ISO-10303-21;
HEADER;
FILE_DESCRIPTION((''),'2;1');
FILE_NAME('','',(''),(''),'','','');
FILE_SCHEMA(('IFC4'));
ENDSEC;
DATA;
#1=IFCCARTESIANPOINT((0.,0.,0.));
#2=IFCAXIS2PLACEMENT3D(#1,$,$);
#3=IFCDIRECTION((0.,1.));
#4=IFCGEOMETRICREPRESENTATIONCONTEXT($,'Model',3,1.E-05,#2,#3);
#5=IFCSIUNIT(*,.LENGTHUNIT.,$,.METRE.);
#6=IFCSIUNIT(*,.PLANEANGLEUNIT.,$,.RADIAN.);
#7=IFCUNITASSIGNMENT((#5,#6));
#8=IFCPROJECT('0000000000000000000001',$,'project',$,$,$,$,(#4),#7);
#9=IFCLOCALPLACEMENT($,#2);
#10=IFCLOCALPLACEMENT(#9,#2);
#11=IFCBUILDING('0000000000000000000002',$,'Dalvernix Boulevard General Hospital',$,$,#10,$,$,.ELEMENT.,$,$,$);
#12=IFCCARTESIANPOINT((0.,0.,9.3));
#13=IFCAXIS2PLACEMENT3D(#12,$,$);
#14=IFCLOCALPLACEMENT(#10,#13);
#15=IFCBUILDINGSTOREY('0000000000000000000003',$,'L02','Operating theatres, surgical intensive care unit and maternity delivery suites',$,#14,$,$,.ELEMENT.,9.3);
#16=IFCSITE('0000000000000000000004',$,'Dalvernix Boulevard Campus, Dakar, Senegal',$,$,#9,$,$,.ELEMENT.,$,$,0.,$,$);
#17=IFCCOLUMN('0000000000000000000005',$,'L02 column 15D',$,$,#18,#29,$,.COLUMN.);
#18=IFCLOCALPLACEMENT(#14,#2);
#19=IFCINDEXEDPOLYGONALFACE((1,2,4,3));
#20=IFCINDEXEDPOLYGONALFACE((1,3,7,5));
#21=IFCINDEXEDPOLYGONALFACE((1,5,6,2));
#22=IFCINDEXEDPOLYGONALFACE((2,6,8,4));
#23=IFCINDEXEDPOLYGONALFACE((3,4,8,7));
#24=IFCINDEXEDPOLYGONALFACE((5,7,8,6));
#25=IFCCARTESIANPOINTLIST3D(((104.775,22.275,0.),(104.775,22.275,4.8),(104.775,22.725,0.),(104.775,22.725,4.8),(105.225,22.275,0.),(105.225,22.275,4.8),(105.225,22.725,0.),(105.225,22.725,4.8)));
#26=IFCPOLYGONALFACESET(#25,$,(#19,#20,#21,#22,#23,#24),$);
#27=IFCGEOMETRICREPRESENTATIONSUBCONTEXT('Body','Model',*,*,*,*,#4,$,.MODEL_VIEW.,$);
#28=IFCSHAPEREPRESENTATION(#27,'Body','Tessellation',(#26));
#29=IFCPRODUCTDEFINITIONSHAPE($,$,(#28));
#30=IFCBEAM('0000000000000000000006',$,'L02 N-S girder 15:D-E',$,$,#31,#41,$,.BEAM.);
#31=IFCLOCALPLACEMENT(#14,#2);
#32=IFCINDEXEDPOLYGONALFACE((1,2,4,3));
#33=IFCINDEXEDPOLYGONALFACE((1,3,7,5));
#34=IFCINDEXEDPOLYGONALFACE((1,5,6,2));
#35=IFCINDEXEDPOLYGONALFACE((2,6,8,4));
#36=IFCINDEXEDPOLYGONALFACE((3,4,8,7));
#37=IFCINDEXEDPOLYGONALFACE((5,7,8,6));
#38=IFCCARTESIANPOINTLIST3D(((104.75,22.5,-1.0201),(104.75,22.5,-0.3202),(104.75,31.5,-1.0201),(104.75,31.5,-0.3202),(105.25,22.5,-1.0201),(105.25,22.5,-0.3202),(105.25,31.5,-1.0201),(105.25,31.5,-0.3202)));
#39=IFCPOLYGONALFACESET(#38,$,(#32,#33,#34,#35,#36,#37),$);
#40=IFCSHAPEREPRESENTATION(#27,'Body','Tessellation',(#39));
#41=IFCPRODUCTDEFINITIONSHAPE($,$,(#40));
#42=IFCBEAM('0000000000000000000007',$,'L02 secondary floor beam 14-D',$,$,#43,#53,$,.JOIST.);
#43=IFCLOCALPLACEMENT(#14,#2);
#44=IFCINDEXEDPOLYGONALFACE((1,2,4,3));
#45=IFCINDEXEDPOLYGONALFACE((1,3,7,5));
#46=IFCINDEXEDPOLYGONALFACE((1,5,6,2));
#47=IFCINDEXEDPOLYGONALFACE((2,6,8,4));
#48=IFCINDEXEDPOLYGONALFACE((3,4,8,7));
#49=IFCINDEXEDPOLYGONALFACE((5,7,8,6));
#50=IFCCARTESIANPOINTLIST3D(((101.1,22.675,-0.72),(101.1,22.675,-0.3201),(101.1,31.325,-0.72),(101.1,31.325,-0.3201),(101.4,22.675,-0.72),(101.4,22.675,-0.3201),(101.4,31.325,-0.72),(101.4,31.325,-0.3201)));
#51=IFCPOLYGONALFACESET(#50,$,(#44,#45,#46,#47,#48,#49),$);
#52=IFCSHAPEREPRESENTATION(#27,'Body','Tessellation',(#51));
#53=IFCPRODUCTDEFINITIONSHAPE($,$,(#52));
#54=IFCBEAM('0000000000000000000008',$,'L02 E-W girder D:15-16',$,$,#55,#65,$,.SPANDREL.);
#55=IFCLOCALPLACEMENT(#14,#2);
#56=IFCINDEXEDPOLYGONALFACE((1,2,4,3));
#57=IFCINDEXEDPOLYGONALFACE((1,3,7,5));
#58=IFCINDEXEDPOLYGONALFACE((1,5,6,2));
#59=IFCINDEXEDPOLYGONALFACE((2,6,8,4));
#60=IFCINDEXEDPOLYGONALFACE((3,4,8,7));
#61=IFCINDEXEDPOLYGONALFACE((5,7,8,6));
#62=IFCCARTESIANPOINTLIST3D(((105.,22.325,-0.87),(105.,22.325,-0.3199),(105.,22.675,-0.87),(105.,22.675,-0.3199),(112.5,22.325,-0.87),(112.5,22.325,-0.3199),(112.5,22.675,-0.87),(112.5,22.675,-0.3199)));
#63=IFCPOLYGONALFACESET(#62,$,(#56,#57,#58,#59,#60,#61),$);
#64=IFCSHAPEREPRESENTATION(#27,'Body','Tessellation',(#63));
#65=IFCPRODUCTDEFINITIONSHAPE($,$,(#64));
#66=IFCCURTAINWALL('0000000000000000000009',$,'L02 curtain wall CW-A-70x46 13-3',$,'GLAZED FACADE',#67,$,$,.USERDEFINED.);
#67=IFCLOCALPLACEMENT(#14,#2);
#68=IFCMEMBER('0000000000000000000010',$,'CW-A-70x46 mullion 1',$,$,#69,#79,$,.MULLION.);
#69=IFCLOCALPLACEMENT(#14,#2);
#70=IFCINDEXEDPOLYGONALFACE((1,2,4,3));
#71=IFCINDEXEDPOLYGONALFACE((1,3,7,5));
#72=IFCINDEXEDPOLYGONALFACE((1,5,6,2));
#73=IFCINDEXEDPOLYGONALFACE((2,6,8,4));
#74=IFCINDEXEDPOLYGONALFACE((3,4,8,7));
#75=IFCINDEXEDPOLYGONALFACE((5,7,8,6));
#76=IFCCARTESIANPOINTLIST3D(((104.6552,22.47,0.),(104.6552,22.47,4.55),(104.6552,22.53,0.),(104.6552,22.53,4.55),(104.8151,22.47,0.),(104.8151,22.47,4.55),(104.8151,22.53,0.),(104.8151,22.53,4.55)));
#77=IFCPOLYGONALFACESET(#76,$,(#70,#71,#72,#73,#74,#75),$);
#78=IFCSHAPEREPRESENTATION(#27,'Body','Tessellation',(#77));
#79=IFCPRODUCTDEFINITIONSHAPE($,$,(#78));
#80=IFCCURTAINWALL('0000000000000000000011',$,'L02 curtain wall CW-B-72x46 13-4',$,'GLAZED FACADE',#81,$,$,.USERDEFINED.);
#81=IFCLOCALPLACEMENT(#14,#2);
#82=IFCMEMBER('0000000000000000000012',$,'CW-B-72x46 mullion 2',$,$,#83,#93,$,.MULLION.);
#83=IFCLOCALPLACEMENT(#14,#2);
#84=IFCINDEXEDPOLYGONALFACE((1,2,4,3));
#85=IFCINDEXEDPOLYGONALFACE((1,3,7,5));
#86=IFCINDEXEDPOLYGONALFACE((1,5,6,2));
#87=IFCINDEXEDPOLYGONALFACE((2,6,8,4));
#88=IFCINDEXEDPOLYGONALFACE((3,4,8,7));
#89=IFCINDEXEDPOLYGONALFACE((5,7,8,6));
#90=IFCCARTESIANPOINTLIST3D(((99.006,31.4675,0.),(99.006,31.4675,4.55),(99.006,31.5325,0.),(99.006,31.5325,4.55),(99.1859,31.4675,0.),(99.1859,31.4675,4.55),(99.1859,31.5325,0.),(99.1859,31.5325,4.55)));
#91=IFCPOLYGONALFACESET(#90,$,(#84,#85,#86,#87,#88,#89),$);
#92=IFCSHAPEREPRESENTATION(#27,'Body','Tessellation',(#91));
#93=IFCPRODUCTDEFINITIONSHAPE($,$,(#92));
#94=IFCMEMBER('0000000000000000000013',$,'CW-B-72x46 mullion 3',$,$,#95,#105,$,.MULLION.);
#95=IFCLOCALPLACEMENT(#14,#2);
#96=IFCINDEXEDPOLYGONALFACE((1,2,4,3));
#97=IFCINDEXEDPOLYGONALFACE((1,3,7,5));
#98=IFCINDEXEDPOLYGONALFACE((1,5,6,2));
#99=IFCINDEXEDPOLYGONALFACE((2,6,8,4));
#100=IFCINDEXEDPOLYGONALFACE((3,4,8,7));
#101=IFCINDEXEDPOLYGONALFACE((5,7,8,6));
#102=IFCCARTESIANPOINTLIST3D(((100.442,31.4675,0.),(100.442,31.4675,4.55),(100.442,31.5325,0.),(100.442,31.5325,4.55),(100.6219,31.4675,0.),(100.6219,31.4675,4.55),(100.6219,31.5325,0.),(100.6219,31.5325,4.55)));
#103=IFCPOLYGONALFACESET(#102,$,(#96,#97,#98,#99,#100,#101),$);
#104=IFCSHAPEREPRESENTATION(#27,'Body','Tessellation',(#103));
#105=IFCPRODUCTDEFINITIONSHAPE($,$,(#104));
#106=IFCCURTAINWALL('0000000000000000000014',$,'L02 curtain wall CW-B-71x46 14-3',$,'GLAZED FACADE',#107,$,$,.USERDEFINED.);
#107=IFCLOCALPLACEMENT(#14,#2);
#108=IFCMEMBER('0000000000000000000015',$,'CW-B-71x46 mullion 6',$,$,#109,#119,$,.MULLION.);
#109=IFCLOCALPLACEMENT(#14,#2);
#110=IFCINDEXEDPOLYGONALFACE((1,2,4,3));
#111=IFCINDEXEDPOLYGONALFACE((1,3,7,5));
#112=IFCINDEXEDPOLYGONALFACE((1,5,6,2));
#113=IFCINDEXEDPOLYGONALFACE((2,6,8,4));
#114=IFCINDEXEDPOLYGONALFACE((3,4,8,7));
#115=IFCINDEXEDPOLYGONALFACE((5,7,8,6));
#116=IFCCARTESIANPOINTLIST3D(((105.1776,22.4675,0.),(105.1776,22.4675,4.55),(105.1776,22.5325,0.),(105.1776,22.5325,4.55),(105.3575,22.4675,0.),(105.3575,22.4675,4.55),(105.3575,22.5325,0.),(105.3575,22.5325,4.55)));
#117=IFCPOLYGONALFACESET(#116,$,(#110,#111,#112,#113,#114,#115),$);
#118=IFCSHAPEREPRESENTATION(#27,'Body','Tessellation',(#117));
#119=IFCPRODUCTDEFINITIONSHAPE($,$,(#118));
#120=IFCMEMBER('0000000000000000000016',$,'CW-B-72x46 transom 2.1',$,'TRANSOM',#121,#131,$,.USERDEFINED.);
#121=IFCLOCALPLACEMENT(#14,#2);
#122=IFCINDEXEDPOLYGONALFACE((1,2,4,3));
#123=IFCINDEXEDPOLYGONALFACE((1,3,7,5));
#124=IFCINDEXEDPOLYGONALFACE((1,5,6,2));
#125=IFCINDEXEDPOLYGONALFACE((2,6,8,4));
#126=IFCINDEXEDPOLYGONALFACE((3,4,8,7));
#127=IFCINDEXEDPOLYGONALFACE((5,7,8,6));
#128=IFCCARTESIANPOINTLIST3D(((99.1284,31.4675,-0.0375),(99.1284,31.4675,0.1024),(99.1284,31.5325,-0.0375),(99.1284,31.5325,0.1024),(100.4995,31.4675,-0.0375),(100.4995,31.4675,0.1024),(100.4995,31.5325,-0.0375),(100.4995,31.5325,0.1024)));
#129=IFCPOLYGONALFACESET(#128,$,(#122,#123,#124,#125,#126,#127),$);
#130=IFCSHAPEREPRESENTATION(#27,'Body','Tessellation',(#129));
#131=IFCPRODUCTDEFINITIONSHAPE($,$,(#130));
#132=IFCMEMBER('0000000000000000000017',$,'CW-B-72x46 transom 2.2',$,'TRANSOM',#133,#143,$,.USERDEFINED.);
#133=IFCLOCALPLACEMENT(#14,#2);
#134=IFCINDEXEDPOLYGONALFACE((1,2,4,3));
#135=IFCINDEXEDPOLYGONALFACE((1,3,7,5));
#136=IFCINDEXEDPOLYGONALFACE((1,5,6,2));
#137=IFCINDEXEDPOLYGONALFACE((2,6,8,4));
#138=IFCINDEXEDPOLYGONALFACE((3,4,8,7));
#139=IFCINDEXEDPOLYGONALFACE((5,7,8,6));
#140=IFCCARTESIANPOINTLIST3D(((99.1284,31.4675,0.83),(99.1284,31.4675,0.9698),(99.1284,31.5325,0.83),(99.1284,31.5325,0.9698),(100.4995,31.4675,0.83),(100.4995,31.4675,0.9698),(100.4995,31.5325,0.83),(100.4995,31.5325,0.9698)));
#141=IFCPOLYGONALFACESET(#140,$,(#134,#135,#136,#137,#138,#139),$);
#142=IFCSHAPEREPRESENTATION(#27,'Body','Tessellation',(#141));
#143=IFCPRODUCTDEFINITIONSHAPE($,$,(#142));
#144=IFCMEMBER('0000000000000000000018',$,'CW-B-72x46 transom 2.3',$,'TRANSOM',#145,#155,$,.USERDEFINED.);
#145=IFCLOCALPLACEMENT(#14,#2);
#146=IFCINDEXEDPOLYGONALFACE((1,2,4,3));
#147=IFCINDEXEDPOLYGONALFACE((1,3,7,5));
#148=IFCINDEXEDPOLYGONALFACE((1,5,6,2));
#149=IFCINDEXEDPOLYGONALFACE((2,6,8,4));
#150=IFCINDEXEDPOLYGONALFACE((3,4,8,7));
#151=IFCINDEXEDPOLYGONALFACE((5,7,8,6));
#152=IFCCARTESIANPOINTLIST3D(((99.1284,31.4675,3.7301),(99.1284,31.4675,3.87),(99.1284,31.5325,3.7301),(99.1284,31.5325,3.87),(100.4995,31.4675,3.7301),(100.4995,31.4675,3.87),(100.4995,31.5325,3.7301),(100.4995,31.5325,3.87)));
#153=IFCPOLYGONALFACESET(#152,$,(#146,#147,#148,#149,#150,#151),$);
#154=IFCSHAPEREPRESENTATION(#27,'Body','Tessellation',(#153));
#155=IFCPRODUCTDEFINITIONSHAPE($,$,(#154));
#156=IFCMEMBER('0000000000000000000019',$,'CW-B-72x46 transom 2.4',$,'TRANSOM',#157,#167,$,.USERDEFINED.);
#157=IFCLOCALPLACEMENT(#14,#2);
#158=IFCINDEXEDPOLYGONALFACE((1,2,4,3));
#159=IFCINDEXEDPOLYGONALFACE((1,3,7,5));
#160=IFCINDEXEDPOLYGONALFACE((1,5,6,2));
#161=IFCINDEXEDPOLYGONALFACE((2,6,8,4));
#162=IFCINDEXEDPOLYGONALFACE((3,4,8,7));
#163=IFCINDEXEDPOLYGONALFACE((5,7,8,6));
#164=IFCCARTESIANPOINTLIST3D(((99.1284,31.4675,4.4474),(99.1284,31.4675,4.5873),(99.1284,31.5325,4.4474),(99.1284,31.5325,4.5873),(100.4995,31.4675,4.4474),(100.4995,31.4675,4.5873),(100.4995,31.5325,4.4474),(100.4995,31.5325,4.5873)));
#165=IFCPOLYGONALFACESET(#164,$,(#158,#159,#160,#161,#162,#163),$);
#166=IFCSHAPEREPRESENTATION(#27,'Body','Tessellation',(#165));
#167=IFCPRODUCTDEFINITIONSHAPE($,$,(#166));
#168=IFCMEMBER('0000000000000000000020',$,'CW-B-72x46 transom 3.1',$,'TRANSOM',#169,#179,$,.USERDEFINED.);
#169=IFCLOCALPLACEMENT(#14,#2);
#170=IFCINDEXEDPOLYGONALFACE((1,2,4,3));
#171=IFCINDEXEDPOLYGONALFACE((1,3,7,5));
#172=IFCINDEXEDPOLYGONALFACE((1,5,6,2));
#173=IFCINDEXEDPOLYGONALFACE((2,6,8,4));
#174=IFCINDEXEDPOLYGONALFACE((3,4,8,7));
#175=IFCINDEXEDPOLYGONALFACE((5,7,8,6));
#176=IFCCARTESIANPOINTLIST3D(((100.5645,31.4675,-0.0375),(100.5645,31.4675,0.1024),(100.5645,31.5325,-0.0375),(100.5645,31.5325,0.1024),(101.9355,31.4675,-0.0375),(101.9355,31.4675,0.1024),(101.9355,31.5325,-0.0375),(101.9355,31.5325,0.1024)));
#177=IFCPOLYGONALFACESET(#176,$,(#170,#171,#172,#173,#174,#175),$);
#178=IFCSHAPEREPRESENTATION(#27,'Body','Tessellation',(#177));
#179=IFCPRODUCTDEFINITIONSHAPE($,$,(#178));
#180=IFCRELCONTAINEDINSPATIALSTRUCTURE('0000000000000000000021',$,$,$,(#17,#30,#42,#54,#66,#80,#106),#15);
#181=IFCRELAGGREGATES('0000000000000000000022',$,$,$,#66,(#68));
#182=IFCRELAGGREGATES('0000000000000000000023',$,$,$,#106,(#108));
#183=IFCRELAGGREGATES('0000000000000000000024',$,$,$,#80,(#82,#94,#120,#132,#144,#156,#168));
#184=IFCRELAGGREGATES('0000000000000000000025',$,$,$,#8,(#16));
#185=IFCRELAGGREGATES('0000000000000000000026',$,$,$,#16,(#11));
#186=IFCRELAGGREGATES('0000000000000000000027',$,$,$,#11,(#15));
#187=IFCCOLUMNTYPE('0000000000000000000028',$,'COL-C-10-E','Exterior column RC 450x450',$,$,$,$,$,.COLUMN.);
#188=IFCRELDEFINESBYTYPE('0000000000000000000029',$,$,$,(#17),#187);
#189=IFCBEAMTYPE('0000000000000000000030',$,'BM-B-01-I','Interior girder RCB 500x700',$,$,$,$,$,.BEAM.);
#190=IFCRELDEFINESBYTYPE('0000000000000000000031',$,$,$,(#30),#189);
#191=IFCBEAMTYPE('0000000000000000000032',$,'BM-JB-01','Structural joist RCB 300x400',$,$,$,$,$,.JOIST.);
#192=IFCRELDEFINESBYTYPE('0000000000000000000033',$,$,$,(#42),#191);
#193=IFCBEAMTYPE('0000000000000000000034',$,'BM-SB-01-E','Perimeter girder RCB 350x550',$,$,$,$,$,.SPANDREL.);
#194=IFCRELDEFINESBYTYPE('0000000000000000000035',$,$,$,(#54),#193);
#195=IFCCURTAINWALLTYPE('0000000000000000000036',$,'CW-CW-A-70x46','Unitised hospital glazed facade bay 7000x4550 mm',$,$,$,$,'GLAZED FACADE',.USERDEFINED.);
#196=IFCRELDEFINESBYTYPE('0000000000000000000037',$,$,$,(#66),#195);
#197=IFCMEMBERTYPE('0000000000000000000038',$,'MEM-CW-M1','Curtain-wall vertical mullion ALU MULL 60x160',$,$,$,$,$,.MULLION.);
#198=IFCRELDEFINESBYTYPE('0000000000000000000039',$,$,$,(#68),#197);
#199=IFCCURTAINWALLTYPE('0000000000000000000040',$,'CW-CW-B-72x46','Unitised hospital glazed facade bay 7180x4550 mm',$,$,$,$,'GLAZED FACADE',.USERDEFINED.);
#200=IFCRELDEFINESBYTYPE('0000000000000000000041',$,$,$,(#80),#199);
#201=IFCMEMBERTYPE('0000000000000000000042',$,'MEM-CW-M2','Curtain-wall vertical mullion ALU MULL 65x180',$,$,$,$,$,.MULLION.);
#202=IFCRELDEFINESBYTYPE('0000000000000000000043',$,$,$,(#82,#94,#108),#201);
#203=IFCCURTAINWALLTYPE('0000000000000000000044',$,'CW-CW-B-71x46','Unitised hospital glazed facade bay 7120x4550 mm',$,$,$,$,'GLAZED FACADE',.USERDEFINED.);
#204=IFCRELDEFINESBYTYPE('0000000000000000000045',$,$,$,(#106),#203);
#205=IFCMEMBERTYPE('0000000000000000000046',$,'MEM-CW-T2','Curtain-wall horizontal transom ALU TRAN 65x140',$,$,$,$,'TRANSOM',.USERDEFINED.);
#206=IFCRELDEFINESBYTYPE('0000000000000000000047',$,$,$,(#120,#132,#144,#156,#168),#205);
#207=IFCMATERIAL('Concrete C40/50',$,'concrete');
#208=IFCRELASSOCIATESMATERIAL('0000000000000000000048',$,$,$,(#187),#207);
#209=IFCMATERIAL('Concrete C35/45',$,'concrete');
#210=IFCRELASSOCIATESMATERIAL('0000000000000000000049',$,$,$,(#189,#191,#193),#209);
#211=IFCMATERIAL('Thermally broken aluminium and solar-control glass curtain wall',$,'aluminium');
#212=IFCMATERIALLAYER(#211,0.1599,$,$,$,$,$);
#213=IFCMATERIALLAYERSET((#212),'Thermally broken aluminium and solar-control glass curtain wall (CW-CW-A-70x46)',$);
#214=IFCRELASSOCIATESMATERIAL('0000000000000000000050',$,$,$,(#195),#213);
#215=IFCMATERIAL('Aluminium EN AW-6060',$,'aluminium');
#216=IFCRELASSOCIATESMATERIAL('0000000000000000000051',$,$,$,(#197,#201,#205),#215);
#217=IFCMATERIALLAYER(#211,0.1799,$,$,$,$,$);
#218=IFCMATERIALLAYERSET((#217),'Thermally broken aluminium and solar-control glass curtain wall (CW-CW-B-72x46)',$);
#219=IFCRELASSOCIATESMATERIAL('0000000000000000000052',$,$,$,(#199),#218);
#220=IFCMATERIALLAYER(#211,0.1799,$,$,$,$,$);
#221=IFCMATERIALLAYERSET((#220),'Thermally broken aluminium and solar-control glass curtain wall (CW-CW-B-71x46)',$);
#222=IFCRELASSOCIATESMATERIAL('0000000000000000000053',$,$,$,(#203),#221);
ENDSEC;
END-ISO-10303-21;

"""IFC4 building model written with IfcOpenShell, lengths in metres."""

from ifc_helpers import new_model, si_unit, direction, frame, origin, origin_2d, place, context, subcontext, project, spatial, rectangle, extrude, material, layer, layer_set, material_profile, profile_set, type_object, element, aggregate, save


model = new_model("IFC4")

# Units and contexts
model_context = context("Model", 3, precision=1e-05, world=origin(), true_north=direction((0.0, 1.0)))
body_context = subcontext(model_context, "Body", "Model", "MODEL_VIEW")
ifc_project = project(units=[si_unit("LENGTHUNIT", "METRE"), si_unit("PLANEANGLEUNIT", "RADIAN")], contexts=[model_context])

# Site, building, storey
site_placement = place(None, origin())
site = spatial("IfcSite", under=ifc_project, at=site_placement, Name="Dalvernix Boulevard Campus, Dakar, Senegal", CompositionType="ELEMENT", RefElevation=0.0)
building_placement = place(site_placement, origin())
building = spatial("IfcBuilding", under=site, at=building_placement, Name="Dalvernix Boulevard General Hospital", CompositionType="ELEMENT")
storey_placement = place(building_placement, frame((0.0, 0.0, 9.3)))
storey = spatial("IfcBuildingStorey", under=building, at=storey_placement, Name="L02", Description="Operating theatres, surgical intensive care unit and maternity delivery suites", CompositionType="ELEMENT", Elevation=9.3)

# Column
ifc_material_1 = material(Name="Concrete C40/50", Category="concrete")
ifc_material_profile_1 = material_profile(ifc_material_1, rectangle(XDim=0.45, YDim=0.45, at=origin_2d()), Name="RC 450x450")
ifc_profile_set_1 = profile_set([ifc_material_profile_1], Name="Concrete C40/50")
column_type = type_object("IfcColumnType", Name="COL-C-10-E", Description="Exterior column RC 450x450", PredefinedType="COLUMN", material=ifc_profile_set_1)
column_placement = place(storey_placement, frame((105.0, 22.5, 0.0), z_axis=(0.0, 0.0, 1.0), x_axis=(1.0, 0.0, 0.0)))
element("IfcColumn", 1, at=column_placement, inside=storey, type_object=column_type, Name="L02 column 15D", PredefinedType="COLUMN", context=body_context, shape_type="SweptSolid", body=[
    extrude(rectangle(XDim=0.45, YDim=0.45, at=origin_2d()), origin(), (0.0, 0.0, 1.0), 4.8),
])

# Beams
ifc_material_2 = material(Name="Concrete C35/45", Category="concrete")
ifc_material_profile_2 = material_profile(ifc_material_2, rectangle(XDim=0.5, YDim=0.7, at=origin_2d()), Name="RCB 500x700")
ifc_profile_set_2 = profile_set([ifc_material_profile_2], Name="Concrete C35/45")
beam_type_1 = type_object("IfcBeamType", Name="BM-B-01-I", Description="Interior girder RCB 500x700", PredefinedType="BEAM", material=ifc_profile_set_2)
beam_1_placement = place(storey_placement, frame((105.0, 22.5, -0.6702), z_axis=(0.0, 1.0, 0.0), x_axis=(-1.0, 0.0, 0.0)))
element("IfcBeam", 2, at=beam_1_placement, inside=storey, type_object=beam_type_1, Name="L02 N-S girder 15:D-E", PredefinedType="BEAM", context=body_context, shape_type="SweptSolid", body=[
    extrude(rectangle(XDim=0.5, YDim=0.7, at=origin_2d()), origin(), (0.0, 0.0, 1.0), 9.0),
])
ifc_material_profile_3 = material_profile(ifc_material_2, rectangle(XDim=0.3, YDim=0.3999, at=origin_2d()), Name="RCB 300x400")
ifc_profile_set_3 = profile_set([ifc_material_profile_3], Name="Concrete C35/45")
beam_type_2 = type_object("IfcBeamType", Name="BM-JB-01", Description="Structural joist RCB 300x400", PredefinedType="JOIST", material=ifc_profile_set_3)
beam_2_placement = place(storey_placement, frame((101.25, 22.675, -0.52), z_axis=(0.0, 1.0, 0.0), x_axis=(-1.0, 0.0, 0.0)))
element("IfcBeam", 3, at=beam_2_placement, inside=storey, type_object=beam_type_2, Name="L02 secondary floor beam 14-D", PredefinedType="JOIST", context=body_context, shape_type="SweptSolid", body=[
    extrude(rectangle(XDim=0.3, YDim=0.3999, at=origin_2d()), origin(), (0.0, 0.0, 1.0), 8.6499),
])
ifc_material_profile_4 = material_profile(ifc_material_2, rectangle(XDim=0.3501, YDim=0.55, at=origin_2d()), Name="RCB 350x550")
ifc_profile_set_4 = profile_set([ifc_material_profile_4], Name="Concrete C35/45")
beam_type_3 = type_object("IfcBeamType", Name="BM-SB-01-E", Description="Perimeter girder RCB 350x550", PredefinedType="SPANDREL", material=ifc_profile_set_4)
beam_3_placement = place(storey_placement, frame((105.0, 22.5, -0.595), z_axis=(1.0, 0.0, 0.0), x_axis=(0.0, 1.0, 0.0)))
element("IfcBeam", 4, at=beam_3_placement, inside=storey, type_object=beam_type_3, Name="L02 E-W girder D:15-16", PredefinedType="SPANDREL", context=body_context, shape_type="SweptSolid", body=[
    extrude(rectangle(XDim=0.3501, YDim=0.55, at=origin_2d()), origin(), (0.0, 0.0, 1.0), 7.5),
])

# Curtain wall, member
ifc_material_3 = material(Name="Thermally broken aluminium and solar-control glass curtain wall", Category="aluminium")
ifc_layer_1 = layer(ifc_material_3, 0.1599)
ifc_layer_set_1 = layer_set([ifc_layer_1], Name="Thermally broken aluminium and solar-control glass curtain wall (CW-CW-A-70x46)")
curtain_wall_type_1 = type_object("IfcCurtainWallType", Name="CW-CW-A-70x46", Description="Unitised hospital glazed facade bay 7000x4550 mm", ElementType="GLAZED FACADE", PredefinedType="USERDEFINED", material=ifc_layer_set_1)
curtain_wall_1_placement = place(storey_placement, origin())
curtain_wall_1 = element("IfcCurtainWall", 5, at=curtain_wall_1_placement, inside=storey, type_object=curtain_wall_type_1, Name="L02 curtain wall CW-A-70x46 13-3", ObjectType="GLAZED FACADE", PredefinedType="USERDEFINED")
ifc_material_4 = material(Name="Aluminium EN AW-6060", Category="aluminium")
ifc_material_profile_5 = material_profile(ifc_material_4, rectangle(XDim=0.0601, YDim=0.1599, at=origin_2d()), Name="ALU MULL 60x160")
ifc_profile_set_5 = profile_set([ifc_material_profile_5], Name="Aluminium EN AW-6060")
member_type_1 = type_object("IfcMemberType", Name="MEM-CW-M1", Description="Curtain-wall vertical mullion ALU MULL 60x160", PredefinedType="MULLION", material=ifc_profile_set_5)
member_1_placement = place(storey_placement, frame((104.7351, 22.5, 0.0), z_axis=(0.0, 0.0, 1.0), x_axis=(0.0, -1.0, 0.0)))
member_1 = element("IfcMember", 6, at=member_1_placement, type_object=member_type_1, Name="CW-A-70x46 mullion 1", PredefinedType="MULLION", context=body_context, shape_type="SweptSolid", body=[
    extrude(rectangle(XDim=0.0601, YDim=0.1599, at=origin_2d()), origin(), (0.0, 0.0, 1.0), 4.55),
])
aggregate(curtain_wall_1, [member_1])

# Curtain wall, members
ifc_layer_2 = layer(ifc_material_3, 0.1799)
ifc_layer_set_2 = layer_set([ifc_layer_2], Name="Thermally broken aluminium and solar-control glass curtain wall (CW-CW-B-72x46)")
curtain_wall_type_2 = type_object("IfcCurtainWallType", Name="CW-CW-B-72x46", Description="Unitised hospital glazed facade bay 7180x4550 mm", ElementType="GLAZED FACADE", PredefinedType="USERDEFINED", material=ifc_layer_set_2)
curtain_wall_2_placement = place(storey_placement, origin())
curtain_wall_2 = element("IfcCurtainWall", 7, at=curtain_wall_2_placement, inside=storey, type_object=curtain_wall_type_2, Name="L02 curtain wall CW-B-72x46 13-4", ObjectType="GLAZED FACADE", PredefinedType="USERDEFINED")
ifc_material_profile_6 = material_profile(ifc_material_4, rectangle(XDim=0.0649, YDim=0.1799, at=origin_2d()), Name="ALU MULL 65x180")
ifc_profile_set_6 = profile_set([ifc_material_profile_6], Name="Aluminium EN AW-6060")
member_type_2 = type_object("IfcMemberType", Name="MEM-CW-M2", Description="Curtain-wall vertical mullion ALU MULL 65x180", PredefinedType="MULLION", material=ifc_profile_set_6)
member_2_placement = place(storey_placement, frame((99.0959, 31.5, 0.0), z_axis=(0.0, 0.0, 1.0), x_axis=(0.0, 1.0, 0.0)))
member_2 = element("IfcMember", 8, at=member_2_placement, type_object=member_type_2, Name="CW-B-72x46 mullion 2", PredefinedType="MULLION", context=body_context, shape_type="SweptSolid", body=[
    extrude(rectangle(XDim=0.0649, YDim=0.1799, at=origin_2d()), origin(), (0.0, 0.0, 1.0), 4.55),
])
member_3_placement = place(storey_placement, frame((100.532, 31.5, 0.0), z_axis=(0.0, 0.0, 1.0), x_axis=(0.0, 1.0, 0.0)))
member_3 = element("IfcMember", 9, at=member_3_placement, type_object=member_type_2, Name="CW-B-72x46 mullion 3", PredefinedType="MULLION", context=body_context, shape_type="SweptSolid", body=[
    extrude(rectangle(XDim=0.0649, YDim=0.1799, at=origin_2d()), origin(), (0.0, 0.0, 1.0), 4.55),
])

# Curtain wall, member
ifc_layer_3 = layer(ifc_material_3, 0.1799)
ifc_layer_set_3 = layer_set([ifc_layer_3], Name="Thermally broken aluminium and solar-control glass curtain wall (CW-CW-B-71x46)")
curtain_wall_type_3 = type_object("IfcCurtainWallType", Name="CW-CW-B-71x46", Description="Unitised hospital glazed facade bay 7120x4550 mm", ElementType="GLAZED FACADE", PredefinedType="USERDEFINED", material=ifc_layer_set_3)
curtain_wall_3_placement = place(storey_placement, origin())
curtain_wall_3 = element("IfcCurtainWall", 10, at=curtain_wall_3_placement, inside=storey, type_object=curtain_wall_type_3, Name="L02 curtain wall CW-B-71x46 14-3", ObjectType="GLAZED FACADE", PredefinedType="USERDEFINED")
member_4_placement = place(storey_placement, frame((105.2676, 22.5, 0.0), z_axis=(0.0, 0.0, 1.0), x_axis=(0.0, -1.0, 0.0)))
member_4 = element("IfcMember", 11, at=member_4_placement, type_object=member_type_2, Name="CW-B-71x46 mullion 6", PredefinedType="MULLION", context=body_context, shape_type="SweptSolid", body=[
    extrude(rectangle(XDim=0.0649, YDim=0.1799, at=origin_2d()), origin(), (0.0, 0.0, 1.0), 4.55),
])
aggregate(curtain_wall_3, [member_4])

# Members
ifc_material_profile_7 = material_profile(ifc_material_4, rectangle(XDim=0.0649, YDim=0.1399, at=origin_2d()), Name="ALU TRAN 65x140")
ifc_profile_set_7 = profile_set([ifc_material_profile_7], Name="Aluminium EN AW-6060")
member_type_3 = type_object("IfcMemberType", Name="MEM-CW-T2", Description="Curtain-wall horizontal transom ALU TRAN 65x140", ElementType="TRANSOM", PredefinedType="USERDEFINED", material=ifc_profile_set_7)
member_5_placement = place(storey_placement, frame((99.1284, 31.5, 0.0325), z_axis=(1.0, 0.0, 0.0), x_axis=(0.0, 1.0, 0.0)))
member_5 = element("IfcMember", 12, at=member_5_placement, type_object=member_type_3, Name="CW-B-72x46 transom 2.1", ObjectType="TRANSOM", PredefinedType="USERDEFINED", context=body_context, shape_type="SweptSolid", body=[
    extrude(rectangle(XDim=0.0649, YDim=0.1399, at=origin_2d()), origin(), (0.0, 0.0, 1.0), 1.3711),
])
member_6_placement = place(storey_placement, frame((99.1284, 31.5, 0.8999), z_axis=(1.0, 0.0, 0.0), x_axis=(0.0, 1.0, 0.0)))
member_6 = element("IfcMember", 13, at=member_6_placement, type_object=member_type_3, Name="CW-B-72x46 transom 2.2", ObjectType="TRANSOM", PredefinedType="USERDEFINED", context=body_context, shape_type="SweptSolid", body=[
    extrude(rectangle(XDim=0.0649, YDim=0.1399, at=origin_2d()), origin(), (0.0, 0.0, 1.0), 1.3711),
])
member_7_placement = place(storey_placement, frame((99.1284, 31.5, 3.8), z_axis=(1.0, 0.0, 0.0), x_axis=(0.0, 1.0, 0.0)))
member_7 = element("IfcMember", 14, at=member_7_placement, type_object=member_type_3, Name="CW-B-72x46 transom 2.3", ObjectType="TRANSOM", PredefinedType="USERDEFINED", context=body_context, shape_type="SweptSolid", body=[
    extrude(rectangle(XDim=0.0649, YDim=0.1399, at=origin_2d()), origin(), (0.0, 0.0, 1.0), 1.3711),
])
member_8_placement = place(storey_placement, frame((99.1284, 31.5, 4.5173), z_axis=(1.0, 0.0, 0.0), x_axis=(0.0, 1.0, 0.0)))
member_8 = element("IfcMember", 15, at=member_8_placement, type_object=member_type_3, Name="CW-B-72x46 transom 2.4", ObjectType="TRANSOM", PredefinedType="USERDEFINED", context=body_context, shape_type="SweptSolid", body=[
    extrude(rectangle(XDim=0.0649, YDim=0.1399, at=origin_2d()), origin(), (0.0, 0.0, 1.0), 1.3711),
])
member_9_placement = place(storey_placement, frame((100.5645, 31.5, 0.0325), z_axis=(1.0, 0.0, 0.0), x_axis=(0.0, 1.0, 0.0)))
member_9 = element("IfcMember", 16, at=member_9_placement, type_object=member_type_3, Name="CW-B-72x46 transom 3.1", ObjectType="TRANSOM", PredefinedType="USERDEFINED", context=body_context, shape_type="SweptSolid", body=[
    extrude(rectangle(XDim=0.0649, YDim=0.1399, at=origin_2d()), origin(), (0.0, 0.0, 1.0), 1.3711),
])

aggregate(curtain_wall_2, [member_2, member_3, member_5, member_6, member_7, member_8, member_9])

save(model, "model.ifc")
